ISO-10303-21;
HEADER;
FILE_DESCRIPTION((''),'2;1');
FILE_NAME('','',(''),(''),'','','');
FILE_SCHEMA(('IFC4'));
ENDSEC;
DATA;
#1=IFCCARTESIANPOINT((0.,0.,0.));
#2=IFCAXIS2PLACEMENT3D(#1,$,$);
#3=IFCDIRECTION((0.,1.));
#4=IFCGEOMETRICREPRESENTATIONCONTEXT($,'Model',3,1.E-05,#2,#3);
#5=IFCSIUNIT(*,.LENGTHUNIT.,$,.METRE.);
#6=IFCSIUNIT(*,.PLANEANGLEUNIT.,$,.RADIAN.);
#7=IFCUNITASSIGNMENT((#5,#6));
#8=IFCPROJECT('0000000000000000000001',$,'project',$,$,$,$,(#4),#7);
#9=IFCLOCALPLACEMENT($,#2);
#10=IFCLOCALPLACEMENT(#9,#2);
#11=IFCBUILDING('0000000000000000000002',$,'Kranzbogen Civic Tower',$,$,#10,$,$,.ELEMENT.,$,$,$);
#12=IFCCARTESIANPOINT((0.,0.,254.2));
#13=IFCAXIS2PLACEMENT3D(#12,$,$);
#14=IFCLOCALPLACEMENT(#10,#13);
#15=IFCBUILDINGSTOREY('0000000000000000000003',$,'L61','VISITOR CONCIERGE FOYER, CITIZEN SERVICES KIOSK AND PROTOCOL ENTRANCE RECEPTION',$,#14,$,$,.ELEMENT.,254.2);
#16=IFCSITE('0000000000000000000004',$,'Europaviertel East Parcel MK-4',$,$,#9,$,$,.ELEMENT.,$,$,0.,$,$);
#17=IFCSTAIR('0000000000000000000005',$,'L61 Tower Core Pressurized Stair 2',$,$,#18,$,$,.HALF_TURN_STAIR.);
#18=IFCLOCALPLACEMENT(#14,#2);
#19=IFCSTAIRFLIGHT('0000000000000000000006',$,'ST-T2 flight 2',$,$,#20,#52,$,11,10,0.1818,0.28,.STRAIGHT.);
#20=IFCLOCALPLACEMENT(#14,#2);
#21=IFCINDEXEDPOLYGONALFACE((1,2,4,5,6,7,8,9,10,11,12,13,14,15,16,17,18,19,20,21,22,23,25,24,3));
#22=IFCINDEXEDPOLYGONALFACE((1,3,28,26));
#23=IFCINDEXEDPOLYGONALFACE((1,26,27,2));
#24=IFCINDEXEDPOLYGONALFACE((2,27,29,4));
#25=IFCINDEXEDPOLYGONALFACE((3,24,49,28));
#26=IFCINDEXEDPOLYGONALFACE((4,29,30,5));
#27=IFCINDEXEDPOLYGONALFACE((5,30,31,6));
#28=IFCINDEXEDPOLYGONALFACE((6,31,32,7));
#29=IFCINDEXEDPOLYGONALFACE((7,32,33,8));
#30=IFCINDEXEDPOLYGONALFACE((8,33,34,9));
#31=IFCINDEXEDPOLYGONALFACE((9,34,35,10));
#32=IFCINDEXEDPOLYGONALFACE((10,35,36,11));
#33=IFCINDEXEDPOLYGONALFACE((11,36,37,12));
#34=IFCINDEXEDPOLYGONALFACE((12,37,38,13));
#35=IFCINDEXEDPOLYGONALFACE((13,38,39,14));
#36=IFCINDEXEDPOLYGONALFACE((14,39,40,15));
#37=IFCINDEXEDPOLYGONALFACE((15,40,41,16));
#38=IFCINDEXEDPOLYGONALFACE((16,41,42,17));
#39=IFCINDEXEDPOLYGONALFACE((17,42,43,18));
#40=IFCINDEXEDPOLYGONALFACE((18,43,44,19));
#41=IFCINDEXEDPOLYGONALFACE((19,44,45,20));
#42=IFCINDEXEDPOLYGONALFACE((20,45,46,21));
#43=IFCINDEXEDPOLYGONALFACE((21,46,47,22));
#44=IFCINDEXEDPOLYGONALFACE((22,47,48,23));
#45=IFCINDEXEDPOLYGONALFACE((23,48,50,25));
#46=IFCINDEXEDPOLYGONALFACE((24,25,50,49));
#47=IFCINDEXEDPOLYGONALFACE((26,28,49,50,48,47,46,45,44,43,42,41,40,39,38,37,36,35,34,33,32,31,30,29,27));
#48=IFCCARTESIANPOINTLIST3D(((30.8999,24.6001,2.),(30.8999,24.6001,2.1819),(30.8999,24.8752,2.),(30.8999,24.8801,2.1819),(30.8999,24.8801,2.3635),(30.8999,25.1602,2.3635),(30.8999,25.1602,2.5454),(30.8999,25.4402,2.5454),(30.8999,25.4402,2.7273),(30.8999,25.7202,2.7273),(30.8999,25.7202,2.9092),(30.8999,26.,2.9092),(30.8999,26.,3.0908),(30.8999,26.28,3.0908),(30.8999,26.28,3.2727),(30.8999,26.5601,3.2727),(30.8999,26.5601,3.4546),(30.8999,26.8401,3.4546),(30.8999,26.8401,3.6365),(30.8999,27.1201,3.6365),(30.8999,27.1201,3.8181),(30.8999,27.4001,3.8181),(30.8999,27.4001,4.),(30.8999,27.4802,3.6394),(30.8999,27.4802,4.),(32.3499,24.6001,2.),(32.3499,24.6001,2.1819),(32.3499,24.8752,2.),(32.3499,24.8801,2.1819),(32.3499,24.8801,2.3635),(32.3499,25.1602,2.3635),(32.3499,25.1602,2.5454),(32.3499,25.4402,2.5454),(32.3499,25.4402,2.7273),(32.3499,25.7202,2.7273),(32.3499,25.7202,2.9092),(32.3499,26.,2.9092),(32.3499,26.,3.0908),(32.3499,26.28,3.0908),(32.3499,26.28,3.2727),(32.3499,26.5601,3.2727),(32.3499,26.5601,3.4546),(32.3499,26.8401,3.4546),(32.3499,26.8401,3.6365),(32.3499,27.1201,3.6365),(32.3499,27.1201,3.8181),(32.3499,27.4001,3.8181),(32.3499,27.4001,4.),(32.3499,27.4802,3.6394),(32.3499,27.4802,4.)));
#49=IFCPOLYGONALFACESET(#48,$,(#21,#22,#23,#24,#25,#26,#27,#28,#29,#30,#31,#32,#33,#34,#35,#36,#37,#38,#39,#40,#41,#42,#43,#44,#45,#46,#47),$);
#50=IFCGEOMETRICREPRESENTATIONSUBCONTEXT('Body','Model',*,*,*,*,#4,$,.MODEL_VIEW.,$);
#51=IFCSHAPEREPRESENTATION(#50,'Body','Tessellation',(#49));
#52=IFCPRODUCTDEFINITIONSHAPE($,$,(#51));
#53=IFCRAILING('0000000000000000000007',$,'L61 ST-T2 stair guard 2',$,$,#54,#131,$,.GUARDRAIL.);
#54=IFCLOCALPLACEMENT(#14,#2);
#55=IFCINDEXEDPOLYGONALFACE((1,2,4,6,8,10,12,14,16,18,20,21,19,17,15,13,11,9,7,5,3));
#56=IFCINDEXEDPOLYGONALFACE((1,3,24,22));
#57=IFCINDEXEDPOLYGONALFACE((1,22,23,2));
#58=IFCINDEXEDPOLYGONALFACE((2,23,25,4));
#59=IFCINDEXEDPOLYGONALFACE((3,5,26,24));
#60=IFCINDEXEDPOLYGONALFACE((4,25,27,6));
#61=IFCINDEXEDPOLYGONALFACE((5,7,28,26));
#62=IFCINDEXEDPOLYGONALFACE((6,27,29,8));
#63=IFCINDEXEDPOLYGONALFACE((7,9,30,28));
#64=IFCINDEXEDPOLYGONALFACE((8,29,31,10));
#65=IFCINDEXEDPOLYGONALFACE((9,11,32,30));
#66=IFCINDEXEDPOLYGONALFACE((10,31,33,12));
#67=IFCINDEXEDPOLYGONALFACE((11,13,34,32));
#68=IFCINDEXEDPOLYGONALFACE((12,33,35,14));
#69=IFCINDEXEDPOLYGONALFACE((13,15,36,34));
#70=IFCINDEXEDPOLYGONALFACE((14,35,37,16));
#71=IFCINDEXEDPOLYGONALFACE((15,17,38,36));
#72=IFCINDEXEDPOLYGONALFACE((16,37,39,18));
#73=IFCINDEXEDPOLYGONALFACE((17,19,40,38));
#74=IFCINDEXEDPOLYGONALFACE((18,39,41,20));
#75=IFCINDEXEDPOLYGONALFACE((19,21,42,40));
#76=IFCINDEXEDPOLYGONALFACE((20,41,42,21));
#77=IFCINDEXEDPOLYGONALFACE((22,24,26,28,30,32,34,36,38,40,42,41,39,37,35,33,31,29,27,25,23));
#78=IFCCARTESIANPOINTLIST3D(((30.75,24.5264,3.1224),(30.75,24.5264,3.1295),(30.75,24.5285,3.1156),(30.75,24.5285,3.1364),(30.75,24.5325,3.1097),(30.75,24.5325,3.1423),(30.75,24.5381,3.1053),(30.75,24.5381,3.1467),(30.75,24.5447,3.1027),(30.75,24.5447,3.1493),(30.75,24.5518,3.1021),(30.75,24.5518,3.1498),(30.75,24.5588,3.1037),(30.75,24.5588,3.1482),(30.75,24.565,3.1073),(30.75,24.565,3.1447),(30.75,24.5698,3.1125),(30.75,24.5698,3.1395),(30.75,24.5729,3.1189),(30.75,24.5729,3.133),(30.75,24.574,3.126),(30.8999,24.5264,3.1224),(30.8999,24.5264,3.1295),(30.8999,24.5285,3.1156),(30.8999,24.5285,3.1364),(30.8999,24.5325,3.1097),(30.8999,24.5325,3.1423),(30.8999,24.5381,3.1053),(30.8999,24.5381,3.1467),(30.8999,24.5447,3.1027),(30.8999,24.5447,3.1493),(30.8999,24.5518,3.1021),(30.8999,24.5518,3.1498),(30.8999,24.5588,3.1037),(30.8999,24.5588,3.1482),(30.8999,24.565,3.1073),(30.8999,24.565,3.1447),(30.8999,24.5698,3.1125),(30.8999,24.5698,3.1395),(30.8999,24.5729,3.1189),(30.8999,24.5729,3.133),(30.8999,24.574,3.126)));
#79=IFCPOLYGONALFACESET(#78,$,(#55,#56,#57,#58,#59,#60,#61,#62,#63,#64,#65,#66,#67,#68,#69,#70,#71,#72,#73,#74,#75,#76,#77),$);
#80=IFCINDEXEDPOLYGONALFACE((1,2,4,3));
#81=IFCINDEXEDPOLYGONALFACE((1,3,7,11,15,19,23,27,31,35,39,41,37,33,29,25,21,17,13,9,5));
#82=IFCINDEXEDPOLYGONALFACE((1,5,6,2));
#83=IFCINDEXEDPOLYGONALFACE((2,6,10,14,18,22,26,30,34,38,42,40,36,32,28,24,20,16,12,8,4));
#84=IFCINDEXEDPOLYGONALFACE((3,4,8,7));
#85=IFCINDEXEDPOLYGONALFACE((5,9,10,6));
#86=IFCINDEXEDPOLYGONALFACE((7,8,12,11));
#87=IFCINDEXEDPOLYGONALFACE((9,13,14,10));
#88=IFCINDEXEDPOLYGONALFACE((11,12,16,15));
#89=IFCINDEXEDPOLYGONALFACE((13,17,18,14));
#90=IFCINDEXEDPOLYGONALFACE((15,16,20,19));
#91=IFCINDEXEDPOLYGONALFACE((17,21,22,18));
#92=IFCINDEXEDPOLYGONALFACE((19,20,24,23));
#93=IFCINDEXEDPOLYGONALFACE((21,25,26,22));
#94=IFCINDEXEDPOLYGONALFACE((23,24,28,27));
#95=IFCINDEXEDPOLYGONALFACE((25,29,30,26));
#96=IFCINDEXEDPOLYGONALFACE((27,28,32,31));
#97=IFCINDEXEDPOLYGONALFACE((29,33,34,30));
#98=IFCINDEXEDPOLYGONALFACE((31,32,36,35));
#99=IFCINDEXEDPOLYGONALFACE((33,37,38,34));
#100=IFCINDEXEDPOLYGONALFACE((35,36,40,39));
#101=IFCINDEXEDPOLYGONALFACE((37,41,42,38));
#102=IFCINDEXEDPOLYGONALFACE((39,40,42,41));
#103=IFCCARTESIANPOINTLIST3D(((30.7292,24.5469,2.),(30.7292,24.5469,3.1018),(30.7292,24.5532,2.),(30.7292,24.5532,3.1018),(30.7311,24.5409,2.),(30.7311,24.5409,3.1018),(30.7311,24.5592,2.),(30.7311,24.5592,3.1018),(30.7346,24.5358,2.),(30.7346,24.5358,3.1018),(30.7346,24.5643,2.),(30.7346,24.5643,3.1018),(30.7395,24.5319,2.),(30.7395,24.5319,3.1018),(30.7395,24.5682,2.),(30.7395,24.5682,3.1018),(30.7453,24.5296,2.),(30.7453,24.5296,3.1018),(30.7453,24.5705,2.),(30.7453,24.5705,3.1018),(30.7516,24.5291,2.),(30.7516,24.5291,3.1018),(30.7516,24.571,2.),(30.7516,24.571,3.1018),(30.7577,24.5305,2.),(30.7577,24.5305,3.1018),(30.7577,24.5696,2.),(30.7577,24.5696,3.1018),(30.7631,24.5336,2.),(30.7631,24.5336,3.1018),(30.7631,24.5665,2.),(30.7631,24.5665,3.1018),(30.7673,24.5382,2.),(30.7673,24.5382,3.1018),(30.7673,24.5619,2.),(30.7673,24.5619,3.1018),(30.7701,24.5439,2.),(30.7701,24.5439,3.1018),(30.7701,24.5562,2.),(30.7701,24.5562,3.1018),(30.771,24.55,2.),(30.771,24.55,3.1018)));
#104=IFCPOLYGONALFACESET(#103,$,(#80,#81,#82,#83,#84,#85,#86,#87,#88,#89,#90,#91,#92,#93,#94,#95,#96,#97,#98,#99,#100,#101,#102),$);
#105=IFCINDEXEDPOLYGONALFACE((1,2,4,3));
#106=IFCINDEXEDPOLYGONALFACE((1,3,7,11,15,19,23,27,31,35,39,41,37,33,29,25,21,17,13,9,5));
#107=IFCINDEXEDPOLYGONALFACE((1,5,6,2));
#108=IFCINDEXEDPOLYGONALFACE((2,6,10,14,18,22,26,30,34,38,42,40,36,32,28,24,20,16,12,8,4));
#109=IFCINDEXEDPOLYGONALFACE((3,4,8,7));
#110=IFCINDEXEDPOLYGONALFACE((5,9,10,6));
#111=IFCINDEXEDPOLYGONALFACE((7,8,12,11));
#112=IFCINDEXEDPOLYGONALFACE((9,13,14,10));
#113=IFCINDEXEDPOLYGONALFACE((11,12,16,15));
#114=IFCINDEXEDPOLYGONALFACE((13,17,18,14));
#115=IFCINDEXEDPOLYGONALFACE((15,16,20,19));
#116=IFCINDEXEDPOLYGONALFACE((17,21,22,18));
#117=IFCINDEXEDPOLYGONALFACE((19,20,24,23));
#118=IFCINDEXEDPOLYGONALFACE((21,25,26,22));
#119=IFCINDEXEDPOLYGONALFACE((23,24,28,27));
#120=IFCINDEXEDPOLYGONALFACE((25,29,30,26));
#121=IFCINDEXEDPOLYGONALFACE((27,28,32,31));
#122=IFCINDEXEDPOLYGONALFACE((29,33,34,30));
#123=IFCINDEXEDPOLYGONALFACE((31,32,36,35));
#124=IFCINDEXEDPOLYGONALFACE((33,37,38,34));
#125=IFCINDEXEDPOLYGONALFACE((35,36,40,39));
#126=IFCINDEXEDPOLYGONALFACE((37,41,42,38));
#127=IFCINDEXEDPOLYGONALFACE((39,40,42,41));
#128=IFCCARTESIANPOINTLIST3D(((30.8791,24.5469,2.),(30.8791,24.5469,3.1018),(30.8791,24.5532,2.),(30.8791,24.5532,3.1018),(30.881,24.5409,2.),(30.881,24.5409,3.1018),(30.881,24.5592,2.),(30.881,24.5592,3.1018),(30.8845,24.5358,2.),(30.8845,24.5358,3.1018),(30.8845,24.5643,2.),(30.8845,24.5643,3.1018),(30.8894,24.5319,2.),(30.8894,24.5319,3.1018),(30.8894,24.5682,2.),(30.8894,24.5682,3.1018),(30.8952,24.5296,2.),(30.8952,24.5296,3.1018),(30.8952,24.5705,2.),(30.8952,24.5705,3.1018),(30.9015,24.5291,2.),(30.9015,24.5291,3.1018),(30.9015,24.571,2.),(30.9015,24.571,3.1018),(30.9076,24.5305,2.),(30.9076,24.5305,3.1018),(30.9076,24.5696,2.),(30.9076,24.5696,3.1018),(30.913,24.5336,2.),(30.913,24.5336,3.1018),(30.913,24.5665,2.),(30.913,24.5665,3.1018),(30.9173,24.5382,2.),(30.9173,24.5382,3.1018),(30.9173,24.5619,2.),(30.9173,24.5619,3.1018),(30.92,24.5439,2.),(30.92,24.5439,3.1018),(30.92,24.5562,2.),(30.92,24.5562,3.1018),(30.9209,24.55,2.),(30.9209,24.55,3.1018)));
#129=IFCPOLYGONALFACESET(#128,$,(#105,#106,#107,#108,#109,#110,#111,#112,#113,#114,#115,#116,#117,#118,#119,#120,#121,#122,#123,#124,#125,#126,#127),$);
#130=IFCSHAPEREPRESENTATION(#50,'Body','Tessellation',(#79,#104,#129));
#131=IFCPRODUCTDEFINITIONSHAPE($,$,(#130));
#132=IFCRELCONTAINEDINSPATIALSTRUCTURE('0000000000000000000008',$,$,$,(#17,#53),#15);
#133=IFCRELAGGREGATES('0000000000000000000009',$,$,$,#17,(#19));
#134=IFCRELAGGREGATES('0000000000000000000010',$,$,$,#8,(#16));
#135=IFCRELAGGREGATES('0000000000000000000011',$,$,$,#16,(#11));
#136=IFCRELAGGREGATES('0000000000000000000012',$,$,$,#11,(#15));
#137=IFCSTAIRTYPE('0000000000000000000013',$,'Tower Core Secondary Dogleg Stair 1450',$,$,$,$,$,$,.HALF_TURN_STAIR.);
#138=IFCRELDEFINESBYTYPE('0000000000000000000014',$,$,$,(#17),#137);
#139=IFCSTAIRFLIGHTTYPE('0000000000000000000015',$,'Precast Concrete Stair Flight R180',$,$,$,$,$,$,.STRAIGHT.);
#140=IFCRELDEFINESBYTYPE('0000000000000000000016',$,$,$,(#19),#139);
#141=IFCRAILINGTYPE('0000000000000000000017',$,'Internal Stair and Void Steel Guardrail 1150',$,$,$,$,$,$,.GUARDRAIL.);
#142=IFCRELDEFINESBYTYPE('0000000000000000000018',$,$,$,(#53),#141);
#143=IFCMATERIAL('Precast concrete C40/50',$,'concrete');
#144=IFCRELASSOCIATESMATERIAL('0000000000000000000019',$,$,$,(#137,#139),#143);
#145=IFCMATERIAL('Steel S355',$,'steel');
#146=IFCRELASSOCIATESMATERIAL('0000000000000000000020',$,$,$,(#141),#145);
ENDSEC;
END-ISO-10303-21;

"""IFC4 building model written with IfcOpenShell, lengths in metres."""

from ifc_helpers import new_model, si_unit, direction, frame, origin, origin_2d, place, context, subcontext, project, spatial, polyline, circle, outline, extrude, material, type_object, element, aggregate, save


model = new_model("IFC4")

# Units and contexts
model_context = context("Model", 3, precision=1e-05, world=origin(), true_north=direction((0.0, 1.0)))
body_context = subcontext(model_context, "Body", "Model", "MODEL_VIEW")
ifc_project = project(units=[si_unit("LENGTHUNIT", "METRE"), si_unit("PLANEANGLEUNIT", "RADIAN")], contexts=[model_context])

# Site, building, storey
site_placement = place(None, origin())
site = spatial("IfcSite", under=ifc_project, at=site_placement, Name="Europaviertel East Parcel MK-4", CompositionType="ELEMENT", RefElevation=0.0)
building_placement = place(site_placement, origin())
building = spatial("IfcBuilding", under=site, at=building_placement, Name="Kranzbogen Civic Tower", CompositionType="ELEMENT")
storey_placement = place(building_placement, frame((0.0, 0.0, 254.2)))
storey = spatial("IfcBuildingStorey", under=building, at=storey_placement, Name="L61", Description="VISITOR CONCIERGE FOYER, CITIZEN SERVICES KIOSK AND PROTOCOL ENTRANCE RECEPTION", CompositionType="ELEMENT", Elevation=254.2)

# Shared definitions
ifc_material_1 = material(Name="Steel S355", Category="steel")

# Stair, stair flight
ifc_material_2 = material(Name="Precast concrete C40/50", Category="concrete")
stair_type = type_object("IfcStairType", Name="Tower Core Secondary Dogleg Stair 1450", PredefinedType="HALF_TURN_STAIR", material=ifc_material_2)
stair_placement = place(storey_placement, origin())
stair = element("IfcStair", 1, at=stair_placement, inside=storey, type_object=stair_type, Name="L61 Tower Core Pressurized Stair 2", PredefinedType="HALF_TURN_STAIR")
stair_flight_type = type_object("IfcStairFlightType", Name="Precast Concrete Stair Flight R180", PredefinedType="STRAIGHT", material=ifc_material_2)
stair_flight_placement = place(storey_placement, frame((31.625, 24.6001, 2.0), z_axis=(0.0, 0.0, 1.0), x_axis=(0.0, 1.0, 0.0)))
stair_flight = element("IfcStairFlight", 2, at=stair_flight_placement, type_object=stair_flight_type, Name="ST-T2 flight 2", NumberOfRisers=11, NumberOfTreads=10, PredefinedType="STRAIGHT", RiserHeight=0.1818, TreadLength=0.28, context=body_context, shape_type="SweptSolid", body=[
    extrude(outline(polyline([(0.0, 0.0), (0.0, 0.1819), (0.28, 0.1819), (0.28, 0.3635), (0.5601, 0.3635), (0.5601, 0.5454), (0.8401, 0.5454), (0.8401, 0.7273), (1.1201, 0.7273), (1.1201, 0.9092), (1.3999, 0.9092), (1.3999, 1.0908), (1.6799, 1.0908), (1.6799, 1.2727), (1.96, 1.2727), (1.96, 1.4546), (2.24, 1.4546), (2.24, 1.6365), (2.52, 1.6365), (2.52, 1.8181), (2.8, 1.8181), (2.8, 2.0), (2.8801, 2.0), (2.8801, 1.6394), (0.2751, 0.0), (0.0, 0.0)])), frame((0.0, 0.7251, 0.0), z_axis=(0.0, -1.0, 0.0), x_axis=(1.0, 0.0, 0.0)), (0.0, 0.0, 1.0), 1.45),
])
aggregate(stair, [stair_flight])

# Railing
railing_type = type_object("IfcRailingType", Name="Internal Stair and Void Steel Guardrail 1150", PredefinedType="GUARDRAIL", material=ifc_material_1)
railing_1_placement = place(storey_placement, frame((30.75, 24.55, 2.0)))
element("IfcRailing", 3, at=railing_1_placement, inside=storey, type_object=railing_type, Name="L61 ST-T2 stair guard 2", PredefinedType="GUARDRAIL", context=body_context, shape_type="SweptSolid", body=[
    extrude(circle(Radius=0.0239, at=origin_2d()), frame((0.0, 0.0, 1.126), z_axis=(1.0, 0.0, 0.0), x_axis=(0.0, 1.0, 0.0)), (0.0, 0.0, 1.0), 0.1499),
    extrude(circle(Radius=0.021, at=origin_2d()), origin(), (0.0, 0.0, 1.0), 1.1018),
    extrude(circle(Radius=0.021, at=origin_2d()), frame((0.1499, 0.0, 0.0)), (0.0, 0.0, 1.0), 1.1018),
])

save(model, "model.ifc")
